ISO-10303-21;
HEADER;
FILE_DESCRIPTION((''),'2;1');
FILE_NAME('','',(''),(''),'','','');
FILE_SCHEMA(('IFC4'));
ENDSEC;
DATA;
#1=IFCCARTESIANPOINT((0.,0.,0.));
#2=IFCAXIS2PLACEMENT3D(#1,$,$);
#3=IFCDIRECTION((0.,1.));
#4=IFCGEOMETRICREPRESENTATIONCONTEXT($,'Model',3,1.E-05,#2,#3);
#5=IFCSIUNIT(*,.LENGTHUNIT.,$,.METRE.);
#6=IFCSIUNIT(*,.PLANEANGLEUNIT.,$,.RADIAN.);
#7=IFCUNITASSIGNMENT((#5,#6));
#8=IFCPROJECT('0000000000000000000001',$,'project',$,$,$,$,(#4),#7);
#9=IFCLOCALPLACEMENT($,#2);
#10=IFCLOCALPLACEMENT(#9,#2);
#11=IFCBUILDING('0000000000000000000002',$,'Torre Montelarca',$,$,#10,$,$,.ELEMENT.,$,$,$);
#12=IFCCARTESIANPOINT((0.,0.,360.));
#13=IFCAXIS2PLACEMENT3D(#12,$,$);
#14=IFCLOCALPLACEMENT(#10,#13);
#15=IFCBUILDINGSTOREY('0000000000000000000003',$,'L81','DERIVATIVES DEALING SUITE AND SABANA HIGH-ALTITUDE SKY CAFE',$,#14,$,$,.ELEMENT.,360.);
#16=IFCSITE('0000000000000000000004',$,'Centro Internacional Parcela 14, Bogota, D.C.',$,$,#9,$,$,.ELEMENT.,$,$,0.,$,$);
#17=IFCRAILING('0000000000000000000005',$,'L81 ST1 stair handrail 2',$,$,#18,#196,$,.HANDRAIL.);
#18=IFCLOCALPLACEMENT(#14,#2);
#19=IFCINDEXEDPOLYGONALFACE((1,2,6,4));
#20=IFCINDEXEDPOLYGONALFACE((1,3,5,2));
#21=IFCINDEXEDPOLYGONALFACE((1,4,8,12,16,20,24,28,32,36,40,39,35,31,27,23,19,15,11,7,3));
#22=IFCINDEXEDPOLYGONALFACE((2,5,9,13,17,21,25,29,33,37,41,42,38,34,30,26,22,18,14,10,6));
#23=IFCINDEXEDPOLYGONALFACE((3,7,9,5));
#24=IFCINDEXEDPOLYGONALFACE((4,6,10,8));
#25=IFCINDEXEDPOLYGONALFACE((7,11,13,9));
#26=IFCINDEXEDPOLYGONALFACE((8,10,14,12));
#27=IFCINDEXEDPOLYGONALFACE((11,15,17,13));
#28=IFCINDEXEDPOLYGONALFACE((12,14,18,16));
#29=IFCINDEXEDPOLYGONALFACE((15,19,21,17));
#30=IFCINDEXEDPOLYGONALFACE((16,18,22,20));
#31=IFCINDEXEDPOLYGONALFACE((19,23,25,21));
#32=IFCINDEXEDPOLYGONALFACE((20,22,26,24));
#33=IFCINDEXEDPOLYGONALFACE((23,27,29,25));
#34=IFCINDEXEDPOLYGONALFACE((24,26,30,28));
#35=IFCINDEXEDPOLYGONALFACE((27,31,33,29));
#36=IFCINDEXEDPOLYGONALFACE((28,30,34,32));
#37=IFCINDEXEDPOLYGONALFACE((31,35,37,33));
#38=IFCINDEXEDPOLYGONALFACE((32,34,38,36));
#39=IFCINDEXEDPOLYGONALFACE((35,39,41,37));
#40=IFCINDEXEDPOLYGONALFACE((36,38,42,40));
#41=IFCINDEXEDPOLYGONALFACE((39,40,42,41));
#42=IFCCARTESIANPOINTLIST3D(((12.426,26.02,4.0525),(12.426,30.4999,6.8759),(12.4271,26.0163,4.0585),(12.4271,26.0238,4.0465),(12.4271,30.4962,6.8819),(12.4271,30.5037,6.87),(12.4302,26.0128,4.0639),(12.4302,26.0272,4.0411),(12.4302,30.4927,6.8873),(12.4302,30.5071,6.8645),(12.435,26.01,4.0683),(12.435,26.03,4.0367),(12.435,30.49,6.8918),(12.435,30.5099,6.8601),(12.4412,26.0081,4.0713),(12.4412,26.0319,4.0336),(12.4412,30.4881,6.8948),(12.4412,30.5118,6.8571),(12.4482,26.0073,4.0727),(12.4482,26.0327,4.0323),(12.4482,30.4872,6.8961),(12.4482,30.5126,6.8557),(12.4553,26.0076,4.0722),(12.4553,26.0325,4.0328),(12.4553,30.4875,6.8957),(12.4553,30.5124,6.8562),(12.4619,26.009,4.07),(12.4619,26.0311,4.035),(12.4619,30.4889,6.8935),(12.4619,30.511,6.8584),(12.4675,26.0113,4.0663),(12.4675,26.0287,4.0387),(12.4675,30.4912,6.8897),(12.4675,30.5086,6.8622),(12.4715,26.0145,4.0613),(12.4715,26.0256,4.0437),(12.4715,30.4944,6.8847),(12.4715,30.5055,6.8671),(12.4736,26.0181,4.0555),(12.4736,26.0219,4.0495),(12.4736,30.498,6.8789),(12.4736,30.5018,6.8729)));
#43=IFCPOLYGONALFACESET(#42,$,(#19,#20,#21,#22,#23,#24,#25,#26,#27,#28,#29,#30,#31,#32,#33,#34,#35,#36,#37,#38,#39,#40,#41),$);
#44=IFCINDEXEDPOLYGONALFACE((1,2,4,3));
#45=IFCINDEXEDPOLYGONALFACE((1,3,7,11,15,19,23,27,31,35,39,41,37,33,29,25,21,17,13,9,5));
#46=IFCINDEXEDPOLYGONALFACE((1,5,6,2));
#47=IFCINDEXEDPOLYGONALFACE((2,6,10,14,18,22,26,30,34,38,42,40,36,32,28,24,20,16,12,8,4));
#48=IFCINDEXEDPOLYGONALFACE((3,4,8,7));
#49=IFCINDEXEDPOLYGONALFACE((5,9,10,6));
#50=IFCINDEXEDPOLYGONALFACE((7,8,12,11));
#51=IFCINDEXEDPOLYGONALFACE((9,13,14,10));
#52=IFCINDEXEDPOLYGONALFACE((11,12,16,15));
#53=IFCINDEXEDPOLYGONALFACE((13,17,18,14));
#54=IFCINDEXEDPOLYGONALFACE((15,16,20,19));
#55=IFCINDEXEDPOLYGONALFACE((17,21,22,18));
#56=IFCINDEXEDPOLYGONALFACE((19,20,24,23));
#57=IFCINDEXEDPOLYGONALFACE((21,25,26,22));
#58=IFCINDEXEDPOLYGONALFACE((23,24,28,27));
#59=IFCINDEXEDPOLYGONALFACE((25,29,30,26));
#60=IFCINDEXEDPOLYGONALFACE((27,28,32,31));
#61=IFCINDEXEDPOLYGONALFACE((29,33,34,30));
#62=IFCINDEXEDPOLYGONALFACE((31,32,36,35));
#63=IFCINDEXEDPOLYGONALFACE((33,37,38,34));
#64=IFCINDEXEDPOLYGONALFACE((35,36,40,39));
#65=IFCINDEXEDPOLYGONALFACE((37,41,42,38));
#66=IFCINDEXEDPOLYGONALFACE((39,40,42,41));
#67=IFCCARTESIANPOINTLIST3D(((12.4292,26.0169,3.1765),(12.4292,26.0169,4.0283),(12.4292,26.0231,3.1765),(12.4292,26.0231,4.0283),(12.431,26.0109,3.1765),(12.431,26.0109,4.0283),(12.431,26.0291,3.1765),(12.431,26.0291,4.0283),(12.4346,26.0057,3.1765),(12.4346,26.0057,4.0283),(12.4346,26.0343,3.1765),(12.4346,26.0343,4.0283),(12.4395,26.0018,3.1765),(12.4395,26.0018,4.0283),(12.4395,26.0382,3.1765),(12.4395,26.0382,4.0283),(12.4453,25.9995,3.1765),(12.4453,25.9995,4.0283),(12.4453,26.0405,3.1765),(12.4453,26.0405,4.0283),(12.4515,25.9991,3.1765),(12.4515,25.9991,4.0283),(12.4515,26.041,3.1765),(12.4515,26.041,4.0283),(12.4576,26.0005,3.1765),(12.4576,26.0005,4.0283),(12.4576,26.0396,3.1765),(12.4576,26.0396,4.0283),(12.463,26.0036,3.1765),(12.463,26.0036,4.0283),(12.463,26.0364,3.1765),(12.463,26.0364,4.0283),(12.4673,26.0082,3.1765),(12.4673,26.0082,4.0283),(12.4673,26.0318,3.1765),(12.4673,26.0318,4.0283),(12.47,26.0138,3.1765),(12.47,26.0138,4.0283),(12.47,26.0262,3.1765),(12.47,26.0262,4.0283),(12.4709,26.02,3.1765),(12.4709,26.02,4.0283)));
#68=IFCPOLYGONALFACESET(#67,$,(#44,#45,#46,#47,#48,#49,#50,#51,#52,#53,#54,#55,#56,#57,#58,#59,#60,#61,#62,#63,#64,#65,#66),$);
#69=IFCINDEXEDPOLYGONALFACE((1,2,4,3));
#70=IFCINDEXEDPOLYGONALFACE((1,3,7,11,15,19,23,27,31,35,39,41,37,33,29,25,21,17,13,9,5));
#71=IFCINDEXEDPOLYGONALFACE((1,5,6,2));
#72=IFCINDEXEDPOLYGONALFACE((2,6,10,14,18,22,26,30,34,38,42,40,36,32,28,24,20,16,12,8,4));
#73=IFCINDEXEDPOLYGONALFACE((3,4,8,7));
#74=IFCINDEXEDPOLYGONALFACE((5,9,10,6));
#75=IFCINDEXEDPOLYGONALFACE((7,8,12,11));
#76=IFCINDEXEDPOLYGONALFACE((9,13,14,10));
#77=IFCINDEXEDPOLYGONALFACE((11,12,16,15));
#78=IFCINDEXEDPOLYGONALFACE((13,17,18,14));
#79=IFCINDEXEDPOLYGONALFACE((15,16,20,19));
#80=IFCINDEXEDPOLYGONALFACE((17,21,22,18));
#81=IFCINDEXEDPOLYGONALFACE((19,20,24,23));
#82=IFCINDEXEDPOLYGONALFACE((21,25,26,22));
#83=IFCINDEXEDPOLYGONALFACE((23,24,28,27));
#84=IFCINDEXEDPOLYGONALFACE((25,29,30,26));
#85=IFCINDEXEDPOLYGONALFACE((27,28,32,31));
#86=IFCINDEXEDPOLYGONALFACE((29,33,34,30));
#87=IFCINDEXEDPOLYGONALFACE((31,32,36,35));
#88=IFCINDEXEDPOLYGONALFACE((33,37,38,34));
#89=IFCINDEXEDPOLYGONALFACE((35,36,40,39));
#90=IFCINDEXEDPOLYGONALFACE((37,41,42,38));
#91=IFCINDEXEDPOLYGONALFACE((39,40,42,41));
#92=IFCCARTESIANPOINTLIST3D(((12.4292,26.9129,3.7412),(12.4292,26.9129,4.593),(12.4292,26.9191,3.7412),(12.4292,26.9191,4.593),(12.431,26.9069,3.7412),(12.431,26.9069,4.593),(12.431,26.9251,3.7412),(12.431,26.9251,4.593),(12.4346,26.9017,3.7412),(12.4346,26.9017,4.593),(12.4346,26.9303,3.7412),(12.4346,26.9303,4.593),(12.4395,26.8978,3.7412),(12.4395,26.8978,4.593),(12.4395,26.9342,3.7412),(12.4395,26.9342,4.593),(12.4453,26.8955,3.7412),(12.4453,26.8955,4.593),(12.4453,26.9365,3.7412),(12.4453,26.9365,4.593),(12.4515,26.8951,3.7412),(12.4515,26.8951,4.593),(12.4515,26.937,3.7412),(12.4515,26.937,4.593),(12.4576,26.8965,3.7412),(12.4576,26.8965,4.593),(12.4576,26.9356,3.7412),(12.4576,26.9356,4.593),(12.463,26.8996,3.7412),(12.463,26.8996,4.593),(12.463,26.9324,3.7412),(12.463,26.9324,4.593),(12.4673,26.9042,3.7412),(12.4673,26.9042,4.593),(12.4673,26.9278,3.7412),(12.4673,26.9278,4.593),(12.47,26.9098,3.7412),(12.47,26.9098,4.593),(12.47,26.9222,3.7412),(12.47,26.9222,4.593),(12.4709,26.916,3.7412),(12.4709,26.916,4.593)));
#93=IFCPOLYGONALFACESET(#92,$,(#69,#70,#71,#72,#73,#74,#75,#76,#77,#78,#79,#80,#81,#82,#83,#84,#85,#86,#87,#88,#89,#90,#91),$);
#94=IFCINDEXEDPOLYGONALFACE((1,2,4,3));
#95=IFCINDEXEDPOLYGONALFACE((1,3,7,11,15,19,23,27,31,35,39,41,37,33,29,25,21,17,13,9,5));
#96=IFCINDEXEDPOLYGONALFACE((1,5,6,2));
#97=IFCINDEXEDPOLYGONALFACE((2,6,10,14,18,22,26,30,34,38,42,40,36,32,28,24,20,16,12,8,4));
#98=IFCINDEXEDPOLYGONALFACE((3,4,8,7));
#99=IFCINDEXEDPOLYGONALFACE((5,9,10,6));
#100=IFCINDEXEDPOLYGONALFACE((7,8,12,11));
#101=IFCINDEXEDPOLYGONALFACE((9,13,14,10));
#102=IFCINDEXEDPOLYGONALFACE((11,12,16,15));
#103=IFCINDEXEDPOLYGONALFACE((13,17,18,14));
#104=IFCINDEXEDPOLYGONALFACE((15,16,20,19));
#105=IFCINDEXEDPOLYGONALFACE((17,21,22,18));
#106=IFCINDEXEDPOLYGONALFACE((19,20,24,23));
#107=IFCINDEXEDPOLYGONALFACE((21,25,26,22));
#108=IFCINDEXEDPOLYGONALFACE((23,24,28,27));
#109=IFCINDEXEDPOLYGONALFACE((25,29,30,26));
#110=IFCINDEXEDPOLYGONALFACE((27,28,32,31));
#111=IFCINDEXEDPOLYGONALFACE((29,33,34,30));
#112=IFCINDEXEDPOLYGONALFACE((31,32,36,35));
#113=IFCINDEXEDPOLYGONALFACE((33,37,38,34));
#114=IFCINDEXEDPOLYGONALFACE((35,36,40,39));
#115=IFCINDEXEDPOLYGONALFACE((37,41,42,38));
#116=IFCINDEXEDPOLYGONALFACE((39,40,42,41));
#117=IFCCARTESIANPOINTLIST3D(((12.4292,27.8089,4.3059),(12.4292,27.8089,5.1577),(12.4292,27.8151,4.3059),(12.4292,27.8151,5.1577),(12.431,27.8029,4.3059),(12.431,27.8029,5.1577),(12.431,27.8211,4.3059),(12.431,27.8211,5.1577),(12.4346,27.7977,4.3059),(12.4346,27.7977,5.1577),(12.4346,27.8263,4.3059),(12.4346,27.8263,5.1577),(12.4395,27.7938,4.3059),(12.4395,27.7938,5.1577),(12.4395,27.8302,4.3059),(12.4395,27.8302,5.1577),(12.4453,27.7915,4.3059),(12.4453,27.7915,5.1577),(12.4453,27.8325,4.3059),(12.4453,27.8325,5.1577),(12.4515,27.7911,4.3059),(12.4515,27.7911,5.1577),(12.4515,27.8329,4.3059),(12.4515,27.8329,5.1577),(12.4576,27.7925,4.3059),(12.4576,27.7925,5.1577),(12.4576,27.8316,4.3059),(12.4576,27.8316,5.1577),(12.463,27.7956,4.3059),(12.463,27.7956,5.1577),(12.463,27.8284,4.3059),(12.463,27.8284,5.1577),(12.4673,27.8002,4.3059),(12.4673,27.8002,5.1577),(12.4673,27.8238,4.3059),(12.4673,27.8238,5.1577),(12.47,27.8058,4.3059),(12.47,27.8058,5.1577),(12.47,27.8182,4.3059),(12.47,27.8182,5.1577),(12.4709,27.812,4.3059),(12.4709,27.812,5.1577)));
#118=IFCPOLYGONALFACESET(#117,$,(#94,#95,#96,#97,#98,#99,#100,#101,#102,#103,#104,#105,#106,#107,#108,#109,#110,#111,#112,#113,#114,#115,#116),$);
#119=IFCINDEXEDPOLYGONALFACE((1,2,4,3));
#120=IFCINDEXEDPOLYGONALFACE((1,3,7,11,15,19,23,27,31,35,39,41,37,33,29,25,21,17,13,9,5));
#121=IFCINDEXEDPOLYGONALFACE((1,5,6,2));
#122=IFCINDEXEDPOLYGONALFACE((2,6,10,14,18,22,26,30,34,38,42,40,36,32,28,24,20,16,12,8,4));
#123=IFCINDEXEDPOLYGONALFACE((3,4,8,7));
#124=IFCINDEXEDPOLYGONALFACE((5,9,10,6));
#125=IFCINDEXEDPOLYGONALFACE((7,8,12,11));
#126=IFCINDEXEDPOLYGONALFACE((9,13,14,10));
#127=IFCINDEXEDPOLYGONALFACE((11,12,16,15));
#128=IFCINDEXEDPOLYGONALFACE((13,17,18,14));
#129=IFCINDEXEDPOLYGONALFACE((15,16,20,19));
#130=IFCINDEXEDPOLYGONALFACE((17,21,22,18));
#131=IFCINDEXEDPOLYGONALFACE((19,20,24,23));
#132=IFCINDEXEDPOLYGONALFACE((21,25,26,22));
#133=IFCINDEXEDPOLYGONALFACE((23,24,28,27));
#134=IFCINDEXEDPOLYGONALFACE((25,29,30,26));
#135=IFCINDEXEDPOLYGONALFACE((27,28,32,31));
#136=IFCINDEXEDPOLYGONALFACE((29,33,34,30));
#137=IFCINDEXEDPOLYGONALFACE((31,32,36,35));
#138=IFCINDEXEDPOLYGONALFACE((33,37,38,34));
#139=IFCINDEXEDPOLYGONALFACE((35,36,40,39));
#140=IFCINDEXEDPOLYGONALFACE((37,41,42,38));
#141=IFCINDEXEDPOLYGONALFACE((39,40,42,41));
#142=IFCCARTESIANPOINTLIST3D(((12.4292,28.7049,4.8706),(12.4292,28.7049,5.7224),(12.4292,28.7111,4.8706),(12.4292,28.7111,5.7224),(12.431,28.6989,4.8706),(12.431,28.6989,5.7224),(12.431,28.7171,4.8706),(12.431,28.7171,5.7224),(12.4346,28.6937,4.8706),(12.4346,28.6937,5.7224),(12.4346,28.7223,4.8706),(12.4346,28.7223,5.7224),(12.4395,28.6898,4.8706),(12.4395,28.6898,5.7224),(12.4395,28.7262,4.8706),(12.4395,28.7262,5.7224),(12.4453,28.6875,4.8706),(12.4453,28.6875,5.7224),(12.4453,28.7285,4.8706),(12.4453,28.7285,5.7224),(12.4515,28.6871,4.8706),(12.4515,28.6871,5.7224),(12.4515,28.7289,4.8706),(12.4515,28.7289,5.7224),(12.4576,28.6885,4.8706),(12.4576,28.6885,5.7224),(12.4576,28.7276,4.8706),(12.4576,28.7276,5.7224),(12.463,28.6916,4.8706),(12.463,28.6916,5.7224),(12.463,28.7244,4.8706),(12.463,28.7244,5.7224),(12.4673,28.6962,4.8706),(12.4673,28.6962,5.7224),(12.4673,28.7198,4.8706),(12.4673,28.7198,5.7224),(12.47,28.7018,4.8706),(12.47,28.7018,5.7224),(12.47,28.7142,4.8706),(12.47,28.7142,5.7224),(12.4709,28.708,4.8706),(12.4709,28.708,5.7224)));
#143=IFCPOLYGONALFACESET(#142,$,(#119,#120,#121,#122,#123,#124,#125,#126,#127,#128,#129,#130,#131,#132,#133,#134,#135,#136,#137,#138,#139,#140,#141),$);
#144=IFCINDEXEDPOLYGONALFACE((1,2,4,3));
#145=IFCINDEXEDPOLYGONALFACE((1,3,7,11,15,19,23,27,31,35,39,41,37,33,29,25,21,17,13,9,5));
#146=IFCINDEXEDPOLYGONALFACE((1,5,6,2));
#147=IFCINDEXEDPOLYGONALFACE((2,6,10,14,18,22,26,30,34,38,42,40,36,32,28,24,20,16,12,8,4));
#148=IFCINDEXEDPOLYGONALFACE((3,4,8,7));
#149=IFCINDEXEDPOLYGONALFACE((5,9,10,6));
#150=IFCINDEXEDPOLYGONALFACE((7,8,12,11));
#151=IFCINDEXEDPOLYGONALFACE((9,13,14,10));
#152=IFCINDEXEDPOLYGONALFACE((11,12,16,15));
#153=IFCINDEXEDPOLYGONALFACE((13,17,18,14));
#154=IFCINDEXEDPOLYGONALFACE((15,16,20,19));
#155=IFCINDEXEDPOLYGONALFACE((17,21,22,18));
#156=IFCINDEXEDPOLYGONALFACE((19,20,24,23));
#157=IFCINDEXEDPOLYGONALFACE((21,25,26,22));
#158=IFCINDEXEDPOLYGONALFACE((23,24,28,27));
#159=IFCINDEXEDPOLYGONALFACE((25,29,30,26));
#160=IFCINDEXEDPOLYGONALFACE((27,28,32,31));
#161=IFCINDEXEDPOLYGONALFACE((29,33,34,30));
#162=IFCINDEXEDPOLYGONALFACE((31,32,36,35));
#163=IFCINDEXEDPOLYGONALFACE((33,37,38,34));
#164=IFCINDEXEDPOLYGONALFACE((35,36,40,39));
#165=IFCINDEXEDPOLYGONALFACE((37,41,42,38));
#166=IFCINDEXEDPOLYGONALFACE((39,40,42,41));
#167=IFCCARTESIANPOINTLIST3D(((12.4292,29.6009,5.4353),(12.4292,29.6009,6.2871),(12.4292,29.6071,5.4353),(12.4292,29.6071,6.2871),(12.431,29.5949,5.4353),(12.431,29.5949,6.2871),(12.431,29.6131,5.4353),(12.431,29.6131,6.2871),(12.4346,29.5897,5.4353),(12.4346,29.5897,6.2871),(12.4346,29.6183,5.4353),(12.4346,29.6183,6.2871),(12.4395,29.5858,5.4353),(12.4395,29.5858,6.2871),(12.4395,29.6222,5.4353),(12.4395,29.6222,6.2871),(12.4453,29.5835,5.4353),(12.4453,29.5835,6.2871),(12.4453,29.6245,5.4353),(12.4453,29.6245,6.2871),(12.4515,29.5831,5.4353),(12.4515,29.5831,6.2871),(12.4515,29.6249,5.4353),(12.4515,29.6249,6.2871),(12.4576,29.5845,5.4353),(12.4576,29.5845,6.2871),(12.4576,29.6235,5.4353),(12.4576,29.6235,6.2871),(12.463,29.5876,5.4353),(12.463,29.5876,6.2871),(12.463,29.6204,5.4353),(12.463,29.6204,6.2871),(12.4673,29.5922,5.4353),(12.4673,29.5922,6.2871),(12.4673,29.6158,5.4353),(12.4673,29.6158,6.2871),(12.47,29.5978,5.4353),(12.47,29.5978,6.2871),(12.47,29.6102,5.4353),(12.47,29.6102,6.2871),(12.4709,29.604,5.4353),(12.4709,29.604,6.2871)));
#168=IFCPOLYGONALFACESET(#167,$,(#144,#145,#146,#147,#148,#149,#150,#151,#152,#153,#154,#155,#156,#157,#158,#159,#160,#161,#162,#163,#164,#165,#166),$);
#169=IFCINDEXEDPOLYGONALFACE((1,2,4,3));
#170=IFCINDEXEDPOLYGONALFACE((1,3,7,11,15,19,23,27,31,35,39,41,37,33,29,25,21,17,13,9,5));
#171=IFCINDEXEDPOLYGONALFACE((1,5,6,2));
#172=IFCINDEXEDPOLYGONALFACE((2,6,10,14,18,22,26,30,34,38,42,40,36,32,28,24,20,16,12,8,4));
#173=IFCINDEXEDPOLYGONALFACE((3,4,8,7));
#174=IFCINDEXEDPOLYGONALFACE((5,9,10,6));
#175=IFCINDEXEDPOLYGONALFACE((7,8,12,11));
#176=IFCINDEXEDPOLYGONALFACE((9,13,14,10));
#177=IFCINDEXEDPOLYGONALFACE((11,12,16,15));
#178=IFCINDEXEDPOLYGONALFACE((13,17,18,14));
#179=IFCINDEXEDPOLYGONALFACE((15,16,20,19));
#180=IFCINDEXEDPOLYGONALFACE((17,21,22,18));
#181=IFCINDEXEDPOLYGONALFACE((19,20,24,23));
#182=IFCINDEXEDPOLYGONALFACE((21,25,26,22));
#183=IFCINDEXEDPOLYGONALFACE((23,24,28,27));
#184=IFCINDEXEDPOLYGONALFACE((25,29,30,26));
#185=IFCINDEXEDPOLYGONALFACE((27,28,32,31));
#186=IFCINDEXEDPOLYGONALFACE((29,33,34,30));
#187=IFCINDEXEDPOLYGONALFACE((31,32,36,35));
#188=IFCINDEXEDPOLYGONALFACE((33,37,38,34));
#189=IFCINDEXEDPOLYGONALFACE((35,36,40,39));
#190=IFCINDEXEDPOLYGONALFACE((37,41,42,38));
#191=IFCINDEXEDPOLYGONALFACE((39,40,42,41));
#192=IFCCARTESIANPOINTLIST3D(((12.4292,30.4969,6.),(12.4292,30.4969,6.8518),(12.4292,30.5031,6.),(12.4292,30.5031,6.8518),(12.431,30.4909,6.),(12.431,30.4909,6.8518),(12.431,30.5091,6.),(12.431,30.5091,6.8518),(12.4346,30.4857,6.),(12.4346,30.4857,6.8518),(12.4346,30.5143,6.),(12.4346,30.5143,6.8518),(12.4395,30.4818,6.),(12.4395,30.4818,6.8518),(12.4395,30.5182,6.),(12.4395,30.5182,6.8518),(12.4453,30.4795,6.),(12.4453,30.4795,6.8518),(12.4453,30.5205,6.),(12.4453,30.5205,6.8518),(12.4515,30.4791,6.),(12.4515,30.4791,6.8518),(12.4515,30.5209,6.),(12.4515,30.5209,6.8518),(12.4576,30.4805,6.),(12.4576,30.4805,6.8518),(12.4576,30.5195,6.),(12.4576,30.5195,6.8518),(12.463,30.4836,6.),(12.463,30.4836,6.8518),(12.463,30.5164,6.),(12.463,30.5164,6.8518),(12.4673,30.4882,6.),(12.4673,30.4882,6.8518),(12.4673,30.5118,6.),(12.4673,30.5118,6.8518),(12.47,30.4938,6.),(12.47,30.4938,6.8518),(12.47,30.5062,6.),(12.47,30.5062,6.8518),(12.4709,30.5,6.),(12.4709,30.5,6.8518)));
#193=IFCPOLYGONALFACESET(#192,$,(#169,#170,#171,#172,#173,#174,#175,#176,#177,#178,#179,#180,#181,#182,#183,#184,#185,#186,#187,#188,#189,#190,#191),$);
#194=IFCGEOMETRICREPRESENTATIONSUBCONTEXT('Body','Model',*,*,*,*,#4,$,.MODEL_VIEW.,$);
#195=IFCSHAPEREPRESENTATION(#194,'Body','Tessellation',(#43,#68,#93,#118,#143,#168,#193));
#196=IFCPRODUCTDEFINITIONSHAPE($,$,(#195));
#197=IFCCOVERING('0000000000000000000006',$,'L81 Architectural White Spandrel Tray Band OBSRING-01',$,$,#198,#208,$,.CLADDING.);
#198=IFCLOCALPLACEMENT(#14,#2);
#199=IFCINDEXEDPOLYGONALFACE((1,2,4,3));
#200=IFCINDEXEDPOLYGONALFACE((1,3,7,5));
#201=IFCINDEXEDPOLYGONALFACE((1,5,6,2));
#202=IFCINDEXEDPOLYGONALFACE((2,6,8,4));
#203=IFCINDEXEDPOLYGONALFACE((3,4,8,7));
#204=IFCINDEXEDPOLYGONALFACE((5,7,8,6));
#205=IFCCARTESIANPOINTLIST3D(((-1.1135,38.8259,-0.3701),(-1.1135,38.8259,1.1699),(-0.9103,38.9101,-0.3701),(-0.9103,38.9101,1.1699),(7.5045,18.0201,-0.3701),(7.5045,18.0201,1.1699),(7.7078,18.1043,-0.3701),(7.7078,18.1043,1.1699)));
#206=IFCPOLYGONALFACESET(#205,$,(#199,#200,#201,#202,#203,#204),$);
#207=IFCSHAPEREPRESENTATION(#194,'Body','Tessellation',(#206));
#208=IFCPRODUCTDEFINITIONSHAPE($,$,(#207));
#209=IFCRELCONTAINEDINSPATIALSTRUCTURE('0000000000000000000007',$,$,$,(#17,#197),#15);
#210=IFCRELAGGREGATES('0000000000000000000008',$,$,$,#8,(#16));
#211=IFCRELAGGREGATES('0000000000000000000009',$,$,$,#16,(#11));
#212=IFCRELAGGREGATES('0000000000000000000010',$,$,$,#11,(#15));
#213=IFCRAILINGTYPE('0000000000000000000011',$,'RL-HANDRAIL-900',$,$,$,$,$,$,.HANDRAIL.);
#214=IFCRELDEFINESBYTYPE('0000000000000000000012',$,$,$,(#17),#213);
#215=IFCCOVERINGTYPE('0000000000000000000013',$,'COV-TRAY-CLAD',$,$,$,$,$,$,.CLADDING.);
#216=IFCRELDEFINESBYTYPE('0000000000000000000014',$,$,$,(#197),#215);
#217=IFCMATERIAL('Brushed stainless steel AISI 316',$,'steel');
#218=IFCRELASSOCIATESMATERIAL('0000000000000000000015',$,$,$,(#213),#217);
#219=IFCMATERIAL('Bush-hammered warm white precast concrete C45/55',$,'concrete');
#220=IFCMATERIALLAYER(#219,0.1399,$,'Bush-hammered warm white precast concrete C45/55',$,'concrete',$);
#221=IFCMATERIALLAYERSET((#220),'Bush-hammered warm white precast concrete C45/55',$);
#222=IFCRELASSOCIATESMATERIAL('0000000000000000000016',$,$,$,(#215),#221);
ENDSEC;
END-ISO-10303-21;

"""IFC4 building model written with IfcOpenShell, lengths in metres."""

from ifc_helpers import new_model, si_unit, direction, frame, origin, origin_2d, place, context, subcontext, project, spatial, rectangle, circle, extrude, source, transform, mapped, material, layer, layer_set, type_object, element, save


model = new_model("IFC4")

# Units and contexts
model_context = context("Model", 3, precision=1e-05, world=origin(), true_north=direction((0.0, 1.0)))
body_context = subcontext(model_context, "Body", "Model", "MODEL_VIEW")
ifc_project = project(units=[si_unit("LENGTHUNIT", "METRE"), si_unit("PLANEANGLEUNIT", "RADIAN")], contexts=[model_context])

# Site, building, storey
site_placement = place(None, origin())
site = spatial("IfcSite", under=ifc_project, at=site_placement, Name="Centro Internacional Parcela 14, Bogota, D.C.", CompositionType="ELEMENT", RefElevation=0.0)
building_placement = place(site_placement, origin())
building = spatial("IfcBuilding", under=site, at=building_placement, Name="Torre Montelarca", CompositionType="ELEMENT")
storey_placement = place(building_placement, frame((0.0, 0.0, 360.0)))
storey = spatial("IfcBuildingStorey", under=building, at=storey_placement, Name="L81", Description="DERIVATIVES DEALING SUITE AND SABANA HIGH-ALTITUDE SKY CAFE", CompositionType="ELEMENT", Elevation=360.0)

# Railing
ifc_material_1 = material(Name="Brushed stainless steel AISI 316", Category="steel")
railing_type_1 = type_object("IfcRailingType", Name="RL-HANDRAIL-900", PredefinedType="HANDRAIL", material=ifc_material_1)
railing_1_placement = place(storey_placement, frame((12.45, 26.02, 3.1765)))
element("IfcRailing", 1, at=railing_1_placement, inside=storey, type_object=railing_type_1, Name="L81 ST1 stair handrail 2", PredefinedType="HANDRAIL", context=body_context, shape_type="SweptSolid", body=[
    extrude(circle(Radius=0.0239, at=origin_2d()), frame((0.0, 0.0, 0.876), z_axis=(0.0, 0.845998, 0.533186), x_axis=(-1.0, 0.0, 0.0)), (0.0, 0.0, 1.0), 5.2954),
    extrude(circle(Radius=0.021, at=origin_2d()), origin(), (0.0, 0.0, 1.0), 0.8518),
    extrude(circle(Radius=0.021, at=origin_2d()), frame((0.0, 0.896, 0.5647)), (0.0, 0.0, 1.0), 0.8518),
    extrude(circle(Radius=0.021, at=origin_2d()), frame((0.0, 1.792, 1.1294)), (0.0, 0.0, 1.0), 0.8518),
    extrude(circle(Radius=0.021, at=origin_2d()), frame((0.0, 2.688, 1.6941)), (0.0, 0.0, 1.0), 0.8518),
    extrude(circle(Radius=0.021, at=origin_2d()), frame((0.0, 3.584, 2.2588)), (0.0, 0.0, 1.0), 0.8518),
    extrude(circle(Radius=0.021, at=origin_2d()), frame((0.0, 4.48, 2.8235)), (0.0, 0.0, 1.0), 0.8518),
])

# Covering
ifc_material_2 = material(Name="Bush-hammered warm white precast concrete C45/55", Category="concrete")
ifc_layer_1 = layer(ifc_material_2, 0.1399, Name="Bush-hammered warm white precast concrete C45/55", Category="concrete")
ifc_layer_set_1 = layer_set([ifc_layer_1], Name="Bush-hammered warm white precast concrete C45/55")
covering_type = type_object("IfcCoveringType", Name="COV-TRAY-CLAD", PredefinedType="CLADDING", material=ifc_layer_set_1)
shared_shape_1 = source(origin(), body_context, "Body", "SweptSolid", [
    extrude(rectangle(XDim=22.52, YDim=0.22, at=origin_2d()), origin(), (0.0, 0.0, 1.0), 1.54),
])
covering_placement = place(storey_placement, frame((3.2971, 28.4651, -0.3701), z_axis=(0.0, 0.0, 1.0), x_axis=(0.382683, -0.92388, 0.0)))
element("IfcCovering", 2, at=covering_placement, inside=storey, type_object=covering_type, Name="L81 Architectural White Spandrel Tray Band OBSRING-01", PredefinedType="CLADDING", context=body_context, shape_type="MappedRepresentation", body=[
    mapped(shared_shape_1, transform((0.0, 0.0, 0.0), scale=1.0)),
])

save(model, "model.ifc")
